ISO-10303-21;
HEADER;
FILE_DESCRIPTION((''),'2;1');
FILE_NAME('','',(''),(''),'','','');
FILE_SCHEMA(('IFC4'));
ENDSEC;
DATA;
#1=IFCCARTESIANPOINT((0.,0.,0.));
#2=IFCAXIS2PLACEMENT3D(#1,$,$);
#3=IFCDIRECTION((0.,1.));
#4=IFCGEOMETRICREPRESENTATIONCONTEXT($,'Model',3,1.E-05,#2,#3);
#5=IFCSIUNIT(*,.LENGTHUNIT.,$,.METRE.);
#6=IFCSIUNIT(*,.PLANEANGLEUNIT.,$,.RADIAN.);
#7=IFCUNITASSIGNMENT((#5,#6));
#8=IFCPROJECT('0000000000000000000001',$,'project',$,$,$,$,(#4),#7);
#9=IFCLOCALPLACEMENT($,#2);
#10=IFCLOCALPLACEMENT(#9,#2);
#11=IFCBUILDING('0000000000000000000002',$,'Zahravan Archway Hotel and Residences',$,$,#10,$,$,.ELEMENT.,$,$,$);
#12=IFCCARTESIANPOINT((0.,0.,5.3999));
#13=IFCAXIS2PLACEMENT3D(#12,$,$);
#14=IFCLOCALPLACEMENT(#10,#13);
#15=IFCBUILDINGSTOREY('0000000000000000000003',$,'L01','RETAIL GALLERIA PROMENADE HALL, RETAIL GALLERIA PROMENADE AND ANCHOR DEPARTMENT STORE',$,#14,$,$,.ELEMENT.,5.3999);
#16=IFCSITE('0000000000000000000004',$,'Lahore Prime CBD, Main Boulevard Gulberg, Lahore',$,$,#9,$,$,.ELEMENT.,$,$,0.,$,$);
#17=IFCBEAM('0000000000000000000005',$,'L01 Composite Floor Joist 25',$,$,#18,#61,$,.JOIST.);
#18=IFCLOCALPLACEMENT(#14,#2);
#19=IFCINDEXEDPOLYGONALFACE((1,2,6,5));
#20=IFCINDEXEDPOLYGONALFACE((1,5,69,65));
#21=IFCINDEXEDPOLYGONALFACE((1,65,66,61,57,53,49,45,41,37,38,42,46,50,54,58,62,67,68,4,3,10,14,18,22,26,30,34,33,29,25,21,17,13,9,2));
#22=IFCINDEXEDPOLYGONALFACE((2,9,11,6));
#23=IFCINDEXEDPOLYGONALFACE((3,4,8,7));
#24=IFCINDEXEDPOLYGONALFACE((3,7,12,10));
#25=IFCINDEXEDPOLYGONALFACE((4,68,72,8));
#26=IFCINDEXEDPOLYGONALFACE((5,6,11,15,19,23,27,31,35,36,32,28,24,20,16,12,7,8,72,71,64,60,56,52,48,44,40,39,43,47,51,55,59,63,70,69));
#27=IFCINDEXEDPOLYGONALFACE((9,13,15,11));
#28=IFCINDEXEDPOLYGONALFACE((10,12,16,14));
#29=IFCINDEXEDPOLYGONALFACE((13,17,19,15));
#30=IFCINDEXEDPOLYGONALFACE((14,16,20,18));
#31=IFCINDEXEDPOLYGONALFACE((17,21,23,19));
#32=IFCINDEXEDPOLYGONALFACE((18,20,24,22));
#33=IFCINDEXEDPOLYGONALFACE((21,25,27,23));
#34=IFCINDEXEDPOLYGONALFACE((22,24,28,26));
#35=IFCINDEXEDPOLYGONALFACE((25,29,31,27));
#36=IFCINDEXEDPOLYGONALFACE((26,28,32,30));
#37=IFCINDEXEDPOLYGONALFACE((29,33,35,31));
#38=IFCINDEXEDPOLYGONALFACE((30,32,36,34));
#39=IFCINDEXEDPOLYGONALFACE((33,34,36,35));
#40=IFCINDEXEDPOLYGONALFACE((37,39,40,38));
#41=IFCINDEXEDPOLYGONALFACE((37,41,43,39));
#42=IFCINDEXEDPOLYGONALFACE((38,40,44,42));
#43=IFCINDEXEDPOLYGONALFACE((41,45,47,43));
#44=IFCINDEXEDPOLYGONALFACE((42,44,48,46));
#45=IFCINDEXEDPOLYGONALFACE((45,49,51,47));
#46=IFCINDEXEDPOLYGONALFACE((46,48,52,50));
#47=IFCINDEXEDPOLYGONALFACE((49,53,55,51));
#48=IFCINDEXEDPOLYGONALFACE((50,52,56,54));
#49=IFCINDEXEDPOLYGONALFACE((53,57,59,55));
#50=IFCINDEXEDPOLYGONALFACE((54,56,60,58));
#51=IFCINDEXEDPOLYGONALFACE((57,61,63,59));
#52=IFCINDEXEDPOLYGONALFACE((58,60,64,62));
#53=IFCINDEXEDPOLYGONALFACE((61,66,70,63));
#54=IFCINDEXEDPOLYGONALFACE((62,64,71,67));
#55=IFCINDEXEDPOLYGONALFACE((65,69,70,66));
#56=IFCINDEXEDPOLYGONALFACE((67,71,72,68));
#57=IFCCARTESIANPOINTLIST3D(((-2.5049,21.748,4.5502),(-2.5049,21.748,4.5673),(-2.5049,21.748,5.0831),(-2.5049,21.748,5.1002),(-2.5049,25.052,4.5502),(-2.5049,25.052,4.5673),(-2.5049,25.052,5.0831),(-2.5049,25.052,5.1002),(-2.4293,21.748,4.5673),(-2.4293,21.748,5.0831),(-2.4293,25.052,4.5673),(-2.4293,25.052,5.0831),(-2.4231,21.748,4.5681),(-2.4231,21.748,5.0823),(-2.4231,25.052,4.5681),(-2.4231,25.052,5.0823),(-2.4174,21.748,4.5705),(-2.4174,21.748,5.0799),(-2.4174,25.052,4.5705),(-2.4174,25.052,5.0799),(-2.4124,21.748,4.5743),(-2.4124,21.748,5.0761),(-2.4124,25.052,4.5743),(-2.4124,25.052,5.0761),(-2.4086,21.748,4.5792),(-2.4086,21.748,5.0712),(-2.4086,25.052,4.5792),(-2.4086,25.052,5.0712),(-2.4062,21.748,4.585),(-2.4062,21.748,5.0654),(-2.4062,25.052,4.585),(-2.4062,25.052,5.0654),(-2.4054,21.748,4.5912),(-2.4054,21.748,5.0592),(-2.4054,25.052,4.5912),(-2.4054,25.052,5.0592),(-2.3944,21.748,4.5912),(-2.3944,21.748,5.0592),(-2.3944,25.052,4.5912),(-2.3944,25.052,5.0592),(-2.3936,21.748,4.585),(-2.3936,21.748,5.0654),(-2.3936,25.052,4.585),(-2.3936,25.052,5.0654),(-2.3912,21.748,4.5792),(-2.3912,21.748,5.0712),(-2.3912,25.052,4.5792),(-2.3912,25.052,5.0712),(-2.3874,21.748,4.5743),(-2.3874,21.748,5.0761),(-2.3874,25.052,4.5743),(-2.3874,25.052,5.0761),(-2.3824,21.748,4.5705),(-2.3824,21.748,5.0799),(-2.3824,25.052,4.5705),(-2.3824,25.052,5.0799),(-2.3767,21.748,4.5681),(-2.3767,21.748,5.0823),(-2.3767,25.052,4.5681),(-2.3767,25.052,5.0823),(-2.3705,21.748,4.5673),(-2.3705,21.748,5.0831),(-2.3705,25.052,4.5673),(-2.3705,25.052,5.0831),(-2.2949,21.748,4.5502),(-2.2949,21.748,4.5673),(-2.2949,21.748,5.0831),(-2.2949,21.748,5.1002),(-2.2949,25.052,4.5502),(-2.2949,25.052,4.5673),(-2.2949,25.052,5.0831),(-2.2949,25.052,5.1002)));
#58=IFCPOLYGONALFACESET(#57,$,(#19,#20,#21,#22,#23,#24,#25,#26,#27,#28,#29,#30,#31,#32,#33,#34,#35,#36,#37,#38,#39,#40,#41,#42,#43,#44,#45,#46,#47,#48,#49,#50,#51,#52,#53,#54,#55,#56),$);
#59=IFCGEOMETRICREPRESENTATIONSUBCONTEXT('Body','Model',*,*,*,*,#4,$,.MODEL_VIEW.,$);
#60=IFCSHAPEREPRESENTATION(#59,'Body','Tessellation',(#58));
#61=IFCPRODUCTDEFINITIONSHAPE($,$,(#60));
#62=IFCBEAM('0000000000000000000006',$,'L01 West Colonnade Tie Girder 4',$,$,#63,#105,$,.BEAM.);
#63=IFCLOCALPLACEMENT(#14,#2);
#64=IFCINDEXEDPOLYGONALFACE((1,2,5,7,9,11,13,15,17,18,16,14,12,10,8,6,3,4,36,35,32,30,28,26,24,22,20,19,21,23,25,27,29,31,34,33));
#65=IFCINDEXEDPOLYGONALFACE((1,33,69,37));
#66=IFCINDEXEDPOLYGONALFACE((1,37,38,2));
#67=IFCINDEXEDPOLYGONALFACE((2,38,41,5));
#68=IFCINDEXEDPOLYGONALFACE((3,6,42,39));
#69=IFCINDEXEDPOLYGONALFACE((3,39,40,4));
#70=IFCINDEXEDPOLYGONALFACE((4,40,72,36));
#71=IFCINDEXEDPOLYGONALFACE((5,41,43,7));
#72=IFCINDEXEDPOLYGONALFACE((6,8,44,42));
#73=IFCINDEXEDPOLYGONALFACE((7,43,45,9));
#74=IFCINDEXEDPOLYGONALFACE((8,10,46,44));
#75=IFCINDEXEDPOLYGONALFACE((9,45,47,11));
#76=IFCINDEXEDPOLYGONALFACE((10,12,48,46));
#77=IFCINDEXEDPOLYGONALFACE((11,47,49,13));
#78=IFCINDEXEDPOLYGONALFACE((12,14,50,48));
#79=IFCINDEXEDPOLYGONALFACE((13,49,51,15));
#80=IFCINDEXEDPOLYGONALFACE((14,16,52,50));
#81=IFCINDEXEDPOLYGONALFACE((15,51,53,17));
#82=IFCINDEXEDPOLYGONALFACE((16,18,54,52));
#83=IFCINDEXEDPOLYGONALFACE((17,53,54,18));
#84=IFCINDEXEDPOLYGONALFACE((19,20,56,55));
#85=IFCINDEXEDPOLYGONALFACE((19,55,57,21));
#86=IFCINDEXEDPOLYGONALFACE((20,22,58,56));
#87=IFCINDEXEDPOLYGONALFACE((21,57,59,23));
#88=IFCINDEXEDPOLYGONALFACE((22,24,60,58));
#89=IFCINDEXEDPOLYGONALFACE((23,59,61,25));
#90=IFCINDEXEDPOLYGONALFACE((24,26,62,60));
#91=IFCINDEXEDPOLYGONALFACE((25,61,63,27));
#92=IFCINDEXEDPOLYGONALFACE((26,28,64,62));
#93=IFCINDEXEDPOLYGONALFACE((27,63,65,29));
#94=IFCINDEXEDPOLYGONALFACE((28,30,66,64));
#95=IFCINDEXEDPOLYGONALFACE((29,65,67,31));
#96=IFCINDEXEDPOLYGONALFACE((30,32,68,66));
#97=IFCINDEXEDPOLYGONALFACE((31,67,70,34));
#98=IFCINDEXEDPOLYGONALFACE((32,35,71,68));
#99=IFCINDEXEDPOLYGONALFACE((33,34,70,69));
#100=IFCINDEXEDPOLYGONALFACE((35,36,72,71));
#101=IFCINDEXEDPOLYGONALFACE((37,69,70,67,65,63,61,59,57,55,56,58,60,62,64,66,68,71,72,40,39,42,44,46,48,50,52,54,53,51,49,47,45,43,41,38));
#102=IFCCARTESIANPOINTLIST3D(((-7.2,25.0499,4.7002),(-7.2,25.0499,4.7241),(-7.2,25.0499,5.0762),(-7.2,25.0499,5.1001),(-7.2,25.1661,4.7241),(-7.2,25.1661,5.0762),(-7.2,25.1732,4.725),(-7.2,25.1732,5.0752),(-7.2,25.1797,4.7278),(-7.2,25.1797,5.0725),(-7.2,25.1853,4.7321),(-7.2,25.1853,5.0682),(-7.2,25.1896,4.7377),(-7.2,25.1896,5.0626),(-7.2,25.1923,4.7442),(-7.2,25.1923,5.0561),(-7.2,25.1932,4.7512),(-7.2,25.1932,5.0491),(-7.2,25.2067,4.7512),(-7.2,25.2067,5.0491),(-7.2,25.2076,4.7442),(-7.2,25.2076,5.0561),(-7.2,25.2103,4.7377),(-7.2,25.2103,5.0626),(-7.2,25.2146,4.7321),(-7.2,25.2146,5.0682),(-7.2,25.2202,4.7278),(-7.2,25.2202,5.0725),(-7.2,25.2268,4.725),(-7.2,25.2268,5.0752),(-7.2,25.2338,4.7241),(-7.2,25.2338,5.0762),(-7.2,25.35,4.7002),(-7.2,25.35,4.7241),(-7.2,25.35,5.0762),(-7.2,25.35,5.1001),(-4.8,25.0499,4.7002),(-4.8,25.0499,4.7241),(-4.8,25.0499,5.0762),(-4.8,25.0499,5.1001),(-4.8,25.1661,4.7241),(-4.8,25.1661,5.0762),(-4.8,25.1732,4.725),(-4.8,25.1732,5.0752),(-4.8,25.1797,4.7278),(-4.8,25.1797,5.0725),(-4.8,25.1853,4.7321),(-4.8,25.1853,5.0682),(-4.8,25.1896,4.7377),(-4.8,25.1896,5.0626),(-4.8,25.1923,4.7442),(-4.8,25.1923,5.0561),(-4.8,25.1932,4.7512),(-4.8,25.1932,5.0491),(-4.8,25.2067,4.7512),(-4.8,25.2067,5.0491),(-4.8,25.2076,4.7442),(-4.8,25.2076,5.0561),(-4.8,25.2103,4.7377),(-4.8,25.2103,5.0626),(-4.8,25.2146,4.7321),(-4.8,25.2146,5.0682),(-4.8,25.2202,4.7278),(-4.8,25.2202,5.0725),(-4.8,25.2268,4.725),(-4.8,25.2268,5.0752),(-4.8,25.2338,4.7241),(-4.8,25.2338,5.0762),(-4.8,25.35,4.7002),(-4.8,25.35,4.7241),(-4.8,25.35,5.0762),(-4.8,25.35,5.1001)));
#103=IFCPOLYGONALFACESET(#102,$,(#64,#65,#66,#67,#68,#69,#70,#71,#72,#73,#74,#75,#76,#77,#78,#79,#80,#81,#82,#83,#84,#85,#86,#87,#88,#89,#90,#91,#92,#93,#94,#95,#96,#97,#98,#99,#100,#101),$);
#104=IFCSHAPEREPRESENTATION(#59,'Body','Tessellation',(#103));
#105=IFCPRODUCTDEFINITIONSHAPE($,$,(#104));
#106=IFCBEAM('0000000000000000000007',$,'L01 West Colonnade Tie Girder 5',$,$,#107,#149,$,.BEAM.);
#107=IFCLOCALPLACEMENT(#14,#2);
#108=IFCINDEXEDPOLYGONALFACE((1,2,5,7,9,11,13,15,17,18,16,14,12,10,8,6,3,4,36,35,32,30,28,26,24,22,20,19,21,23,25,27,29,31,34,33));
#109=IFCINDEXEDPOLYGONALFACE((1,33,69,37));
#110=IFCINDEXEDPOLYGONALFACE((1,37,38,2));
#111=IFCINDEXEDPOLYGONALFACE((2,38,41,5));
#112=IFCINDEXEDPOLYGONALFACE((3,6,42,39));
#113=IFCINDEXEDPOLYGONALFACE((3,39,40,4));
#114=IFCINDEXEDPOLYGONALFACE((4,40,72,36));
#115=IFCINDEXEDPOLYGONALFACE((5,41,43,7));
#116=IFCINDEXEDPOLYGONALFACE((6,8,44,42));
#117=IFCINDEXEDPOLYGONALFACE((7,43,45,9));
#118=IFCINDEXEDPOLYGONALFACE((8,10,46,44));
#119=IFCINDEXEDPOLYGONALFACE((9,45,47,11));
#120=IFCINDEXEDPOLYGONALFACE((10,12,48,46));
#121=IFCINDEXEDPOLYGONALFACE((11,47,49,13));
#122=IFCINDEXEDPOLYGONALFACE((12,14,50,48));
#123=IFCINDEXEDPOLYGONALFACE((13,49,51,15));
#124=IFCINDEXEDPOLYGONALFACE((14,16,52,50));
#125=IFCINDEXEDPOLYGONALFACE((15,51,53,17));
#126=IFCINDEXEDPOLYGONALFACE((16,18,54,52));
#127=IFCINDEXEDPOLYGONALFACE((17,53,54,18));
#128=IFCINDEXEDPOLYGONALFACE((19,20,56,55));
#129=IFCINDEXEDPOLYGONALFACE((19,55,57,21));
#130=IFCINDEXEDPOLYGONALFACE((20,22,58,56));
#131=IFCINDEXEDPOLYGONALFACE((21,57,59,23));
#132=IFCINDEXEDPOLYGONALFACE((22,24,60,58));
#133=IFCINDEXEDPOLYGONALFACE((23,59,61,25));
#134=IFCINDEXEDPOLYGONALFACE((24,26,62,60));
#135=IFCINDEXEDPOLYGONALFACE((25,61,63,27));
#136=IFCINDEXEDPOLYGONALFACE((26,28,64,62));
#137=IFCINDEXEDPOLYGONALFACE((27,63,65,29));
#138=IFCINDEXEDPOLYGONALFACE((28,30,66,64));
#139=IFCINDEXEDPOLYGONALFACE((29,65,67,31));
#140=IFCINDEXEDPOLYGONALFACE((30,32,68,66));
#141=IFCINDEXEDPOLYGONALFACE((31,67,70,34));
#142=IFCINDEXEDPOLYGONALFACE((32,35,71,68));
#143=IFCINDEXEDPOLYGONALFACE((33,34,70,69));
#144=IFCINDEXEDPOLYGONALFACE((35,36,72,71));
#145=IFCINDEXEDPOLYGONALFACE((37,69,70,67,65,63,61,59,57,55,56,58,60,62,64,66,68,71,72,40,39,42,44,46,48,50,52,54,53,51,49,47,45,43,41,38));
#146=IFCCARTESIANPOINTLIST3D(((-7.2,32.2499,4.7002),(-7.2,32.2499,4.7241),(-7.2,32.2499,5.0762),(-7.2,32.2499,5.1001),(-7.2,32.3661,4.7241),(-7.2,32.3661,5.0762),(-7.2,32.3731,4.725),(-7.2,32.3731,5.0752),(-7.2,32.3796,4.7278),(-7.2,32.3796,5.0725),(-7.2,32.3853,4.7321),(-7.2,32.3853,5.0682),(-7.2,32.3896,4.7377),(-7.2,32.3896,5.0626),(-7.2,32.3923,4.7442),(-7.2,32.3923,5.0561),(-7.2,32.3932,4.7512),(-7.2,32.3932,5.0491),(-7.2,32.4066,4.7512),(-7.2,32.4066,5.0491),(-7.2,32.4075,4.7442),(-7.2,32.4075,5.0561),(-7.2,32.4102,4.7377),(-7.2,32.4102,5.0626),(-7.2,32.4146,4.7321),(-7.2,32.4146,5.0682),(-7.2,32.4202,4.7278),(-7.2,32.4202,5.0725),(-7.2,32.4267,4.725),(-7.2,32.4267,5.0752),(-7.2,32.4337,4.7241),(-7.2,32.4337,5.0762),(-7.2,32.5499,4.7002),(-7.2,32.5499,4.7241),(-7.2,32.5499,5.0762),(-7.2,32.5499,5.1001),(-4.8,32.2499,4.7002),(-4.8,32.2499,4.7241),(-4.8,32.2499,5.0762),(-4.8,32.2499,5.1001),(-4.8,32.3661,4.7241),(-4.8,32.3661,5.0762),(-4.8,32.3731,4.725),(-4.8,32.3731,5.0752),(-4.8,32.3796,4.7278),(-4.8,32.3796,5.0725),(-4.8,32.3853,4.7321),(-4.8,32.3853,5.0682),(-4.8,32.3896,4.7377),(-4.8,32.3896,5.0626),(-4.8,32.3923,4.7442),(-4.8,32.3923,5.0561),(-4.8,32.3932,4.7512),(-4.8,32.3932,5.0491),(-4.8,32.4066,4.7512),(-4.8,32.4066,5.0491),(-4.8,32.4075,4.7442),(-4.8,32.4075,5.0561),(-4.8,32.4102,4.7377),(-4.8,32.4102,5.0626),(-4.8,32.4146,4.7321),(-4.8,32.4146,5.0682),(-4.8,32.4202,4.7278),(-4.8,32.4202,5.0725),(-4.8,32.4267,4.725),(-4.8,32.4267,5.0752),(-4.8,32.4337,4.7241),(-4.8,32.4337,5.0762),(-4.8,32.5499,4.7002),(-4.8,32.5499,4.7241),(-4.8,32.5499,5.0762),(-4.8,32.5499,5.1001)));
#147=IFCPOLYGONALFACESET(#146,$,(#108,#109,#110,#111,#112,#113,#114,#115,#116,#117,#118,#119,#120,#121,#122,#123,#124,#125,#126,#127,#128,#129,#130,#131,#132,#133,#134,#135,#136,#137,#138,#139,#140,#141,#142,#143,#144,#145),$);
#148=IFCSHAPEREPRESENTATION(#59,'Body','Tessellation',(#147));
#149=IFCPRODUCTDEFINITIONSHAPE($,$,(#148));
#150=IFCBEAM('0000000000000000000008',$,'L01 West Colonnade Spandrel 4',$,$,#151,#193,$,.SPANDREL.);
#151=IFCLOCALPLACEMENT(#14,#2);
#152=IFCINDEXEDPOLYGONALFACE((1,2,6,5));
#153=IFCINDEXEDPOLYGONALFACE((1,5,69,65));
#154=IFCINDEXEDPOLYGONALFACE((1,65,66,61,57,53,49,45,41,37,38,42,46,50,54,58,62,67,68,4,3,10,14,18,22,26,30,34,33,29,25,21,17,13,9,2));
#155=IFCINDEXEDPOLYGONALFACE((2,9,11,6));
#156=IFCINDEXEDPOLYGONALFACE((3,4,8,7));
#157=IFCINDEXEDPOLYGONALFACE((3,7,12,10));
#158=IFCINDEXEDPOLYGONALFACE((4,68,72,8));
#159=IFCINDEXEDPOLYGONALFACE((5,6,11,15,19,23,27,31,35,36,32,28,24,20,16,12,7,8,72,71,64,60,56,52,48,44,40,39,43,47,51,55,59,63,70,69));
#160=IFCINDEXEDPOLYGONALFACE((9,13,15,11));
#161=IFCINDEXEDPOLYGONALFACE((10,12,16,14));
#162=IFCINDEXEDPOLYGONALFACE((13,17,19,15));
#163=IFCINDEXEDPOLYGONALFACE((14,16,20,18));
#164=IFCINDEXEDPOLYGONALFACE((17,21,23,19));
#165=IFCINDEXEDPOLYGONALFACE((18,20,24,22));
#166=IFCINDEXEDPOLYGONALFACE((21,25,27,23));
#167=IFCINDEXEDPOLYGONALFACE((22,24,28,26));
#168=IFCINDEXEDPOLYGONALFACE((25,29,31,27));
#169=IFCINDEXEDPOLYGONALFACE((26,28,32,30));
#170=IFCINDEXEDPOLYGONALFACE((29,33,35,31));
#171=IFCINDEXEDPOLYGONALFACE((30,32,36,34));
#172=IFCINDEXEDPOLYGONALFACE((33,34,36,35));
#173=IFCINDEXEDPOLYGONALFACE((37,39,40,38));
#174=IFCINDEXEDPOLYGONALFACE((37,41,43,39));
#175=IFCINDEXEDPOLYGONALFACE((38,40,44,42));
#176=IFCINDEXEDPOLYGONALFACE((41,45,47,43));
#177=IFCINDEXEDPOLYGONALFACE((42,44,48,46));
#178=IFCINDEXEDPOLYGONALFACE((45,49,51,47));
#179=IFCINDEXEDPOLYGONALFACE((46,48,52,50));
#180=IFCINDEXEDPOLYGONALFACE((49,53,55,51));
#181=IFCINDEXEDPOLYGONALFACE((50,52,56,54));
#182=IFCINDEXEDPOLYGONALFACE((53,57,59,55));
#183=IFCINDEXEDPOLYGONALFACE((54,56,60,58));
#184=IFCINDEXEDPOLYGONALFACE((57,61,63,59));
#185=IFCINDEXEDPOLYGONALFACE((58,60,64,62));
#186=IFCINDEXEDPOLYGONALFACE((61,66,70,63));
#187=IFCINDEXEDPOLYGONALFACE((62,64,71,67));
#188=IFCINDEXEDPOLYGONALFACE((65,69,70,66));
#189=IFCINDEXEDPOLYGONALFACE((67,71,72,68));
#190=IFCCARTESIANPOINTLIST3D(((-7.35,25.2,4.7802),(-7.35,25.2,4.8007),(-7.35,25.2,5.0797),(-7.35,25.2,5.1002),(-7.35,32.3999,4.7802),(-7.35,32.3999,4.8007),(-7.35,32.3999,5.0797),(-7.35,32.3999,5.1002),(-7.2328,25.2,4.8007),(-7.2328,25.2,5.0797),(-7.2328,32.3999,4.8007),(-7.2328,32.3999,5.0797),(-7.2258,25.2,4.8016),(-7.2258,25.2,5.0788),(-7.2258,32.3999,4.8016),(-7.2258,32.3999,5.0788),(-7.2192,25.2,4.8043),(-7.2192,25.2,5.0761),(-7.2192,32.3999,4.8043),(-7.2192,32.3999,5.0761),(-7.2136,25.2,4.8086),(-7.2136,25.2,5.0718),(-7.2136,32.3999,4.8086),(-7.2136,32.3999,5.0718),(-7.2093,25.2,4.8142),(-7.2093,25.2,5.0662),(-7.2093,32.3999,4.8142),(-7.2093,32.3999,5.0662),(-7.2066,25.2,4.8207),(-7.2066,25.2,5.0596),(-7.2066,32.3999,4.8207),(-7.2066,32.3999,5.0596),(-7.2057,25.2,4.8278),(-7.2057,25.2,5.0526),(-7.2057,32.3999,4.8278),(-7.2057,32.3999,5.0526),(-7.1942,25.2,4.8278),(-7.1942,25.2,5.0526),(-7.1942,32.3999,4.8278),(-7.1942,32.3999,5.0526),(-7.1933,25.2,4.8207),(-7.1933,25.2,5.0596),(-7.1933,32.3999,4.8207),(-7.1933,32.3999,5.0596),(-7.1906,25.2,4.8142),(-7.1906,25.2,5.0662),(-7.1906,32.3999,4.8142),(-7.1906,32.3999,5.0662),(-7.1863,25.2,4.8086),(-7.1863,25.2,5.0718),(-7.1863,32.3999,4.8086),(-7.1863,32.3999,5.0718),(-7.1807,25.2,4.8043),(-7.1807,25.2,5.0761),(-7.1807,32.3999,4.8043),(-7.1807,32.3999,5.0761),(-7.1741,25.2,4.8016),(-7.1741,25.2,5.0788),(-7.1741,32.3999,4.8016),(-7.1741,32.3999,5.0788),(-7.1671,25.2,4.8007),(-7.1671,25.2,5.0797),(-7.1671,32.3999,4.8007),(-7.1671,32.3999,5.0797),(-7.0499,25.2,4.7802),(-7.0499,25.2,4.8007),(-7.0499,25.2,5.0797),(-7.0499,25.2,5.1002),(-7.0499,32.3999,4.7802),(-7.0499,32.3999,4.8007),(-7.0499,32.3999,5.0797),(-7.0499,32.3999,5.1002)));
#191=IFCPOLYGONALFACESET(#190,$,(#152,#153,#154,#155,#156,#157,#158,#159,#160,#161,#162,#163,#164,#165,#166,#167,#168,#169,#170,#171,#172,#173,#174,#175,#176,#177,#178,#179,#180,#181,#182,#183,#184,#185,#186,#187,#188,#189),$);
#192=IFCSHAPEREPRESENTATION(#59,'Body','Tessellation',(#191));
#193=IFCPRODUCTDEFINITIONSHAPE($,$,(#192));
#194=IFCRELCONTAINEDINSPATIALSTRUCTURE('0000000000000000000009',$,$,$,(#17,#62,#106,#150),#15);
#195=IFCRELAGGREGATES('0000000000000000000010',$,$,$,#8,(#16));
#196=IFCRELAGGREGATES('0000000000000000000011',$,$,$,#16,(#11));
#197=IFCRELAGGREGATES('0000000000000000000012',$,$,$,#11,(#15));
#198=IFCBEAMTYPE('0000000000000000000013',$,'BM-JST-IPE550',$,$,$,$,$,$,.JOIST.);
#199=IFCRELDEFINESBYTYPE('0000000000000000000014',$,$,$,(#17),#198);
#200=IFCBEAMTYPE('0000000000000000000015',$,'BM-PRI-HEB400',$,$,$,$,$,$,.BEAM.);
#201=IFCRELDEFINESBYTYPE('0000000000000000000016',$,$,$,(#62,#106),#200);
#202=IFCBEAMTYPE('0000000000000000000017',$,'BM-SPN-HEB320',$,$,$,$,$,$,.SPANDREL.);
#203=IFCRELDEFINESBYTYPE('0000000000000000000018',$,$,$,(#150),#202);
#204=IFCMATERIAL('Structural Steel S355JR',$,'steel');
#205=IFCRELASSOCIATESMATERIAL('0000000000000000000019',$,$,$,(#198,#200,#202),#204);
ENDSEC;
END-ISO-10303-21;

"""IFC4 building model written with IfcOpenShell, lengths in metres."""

from ifc_helpers import new_model, si_unit, direction, frame, origin, origin_2d, place, context, subcontext, project, spatial, i_section, extrude, source, transform, mapped, material, material_profile, profile_set, type_object, type_shapes, element, save


model = new_model("IFC4")

# Units and contexts
model_context = context("Model", 3, precision=1e-05, world=origin(), true_north=direction((0.0, 1.0)))
body_context = subcontext(model_context, "Body", "Model", "MODEL_VIEW")
ifc_project = project(units=[si_unit("LENGTHUNIT", "METRE"), si_unit("PLANEANGLEUNIT", "RADIAN")], contexts=[model_context])

# Site, building, storey
site_placement = place(None, origin())
site = spatial("IfcSite", under=ifc_project, at=site_placement, Name="Lahore Prime CBD, Main Boulevard Gulberg, Lahore", CompositionType="ELEMENT", RefElevation=0.0)
building_placement = place(site_placement, origin())
building = spatial("IfcBuilding", under=site, at=building_placement, Name="Zahravan Archway Hotel and Residences", CompositionType="ELEMENT")
storey_placement = place(building_placement, frame((0.0, 0.0, 5.3999)))
storey = spatial("IfcBuildingStorey", under=building, at=storey_placement, Name="L01", Description="RETAIL GALLERIA PROMENADE HALL, RETAIL GALLERIA PROMENADE AND ANCHOR DEPARTMENT STORE", CompositionType="ELEMENT", Elevation=5.3999)

# Beams
ifc_material_1 = material(Name="Structural Steel S355JR", Category="steel")
ifc_material_profile_1 = material_profile(ifc_material_1, i_section(OverallWidth=0.21, OverallDepth=0.55, WebThickness=0.011, FlangeThickness=0.0171, FilletRadius=0.0239, at=origin_2d()), Name="IPE 550", Category="steel")
ifc_profile_set_1 = profile_set([ifc_material_profile_1], Name="Structural Steel S355JR")
beam_type_1 = type_object("IfcBeamType", Name="BM-JST-IPE550", PredefinedType="JOIST", material=ifc_profile_set_1)
shared_shape_1 = source(origin(), body_context, "Body", "SweptSolid", [
    extrude(i_section(OverallWidth=0.21, OverallDepth=0.55, WebThickness=0.011, FlangeThickness=0.0171, FilletRadius=0.0239, at=origin_2d()), origin(), (0.0, 0.0, 1.0), 3.304),
])
beam_1_placement = place(storey_placement, frame((-2.3999, 21.748, 4.8252), z_axis=(0.0, 1.0, 0.0), x_axis=(-1.0, 0.0, 0.0)))
element("IfcBeam", 1, at=beam_1_placement, inside=storey, type_object=beam_type_1, Name="L01 Composite Floor Joist 25", PredefinedType="JOIST", context=body_context, shape_type="MappedRepresentation", body=[
    mapped(shared_shape_1, transform((0.0, 0.0, 0.0), scale=1.0)),
])
ifc_material_profile_2 = material_profile(ifc_material_1, i_section(OverallWidth=0.3, OverallDepth=0.3999, WebThickness=0.0134, FlangeThickness=0.0239, FilletRadius=0.0271, at=origin_2d()), Name="HEB 400", Category="steel")
ifc_profile_set_2 = profile_set([ifc_material_profile_2], Name="Structural Steel S355JR")
beam_type_2 = type_object("IfcBeamType", Name="BM-PRI-HEB400", PredefinedType="BEAM", material=ifc_profile_set_2)
shared_shape_2 = source(origin(), body_context, "Body", "SweptSolid", [
    extrude(i_section(OverallWidth=0.3, OverallDepth=0.3999, WebThickness=0.0134, FlangeThickness=0.0239, FilletRadius=0.0271, at=origin_2d()), origin(), (0.0, 0.0, 1.0), 2.3999),
])
for number, where, z_axis, x_axis, name in (
    (2, (-7.2, 25.2, 4.9001), (1.0, 0.0, 0.0), (0.0, 1.0, 0.0), "L01 West Colonnade Tie Girder 4"),
    (3, (-7.2, 32.3999, 4.9001), (1.0, 0.0, 0.0), (0.0, 1.0, 0.0), "L01 West Colonnade Tie Girder 5"),
):
    element("IfcBeam", number, at=place(storey_placement, frame(where, z_axis=z_axis, x_axis=x_axis)), inside=storey, type_object=beam_type_2, Name=name, PredefinedType="BEAM", context=body_context, shape_type="MappedRepresentation", body=[
        mapped(shared_shape_2, transform((0.0, 0.0, 0.0), scale=1.0)),
    ])
ifc_material_profile_3 = material_profile(ifc_material_1, i_section(OverallWidth=0.3, OverallDepth=0.3201, WebThickness=0.0115, FlangeThickness=0.0205, FilletRadius=0.0271, at=origin_2d()), Name="HEB 320", Category="steel")
ifc_profile_set_3 = profile_set([ifc_material_profile_3], Name="Structural Steel S355JR")
beam_type_3 = type_object("IfcBeamType", Name="BM-SPN-HEB320", PredefinedType="SPANDREL", material=ifc_profile_set_3)
shared_shape_3 = source(origin(), body_context, "Body", "SweptSolid", [
    extrude(i_section(OverallWidth=0.3, OverallDepth=0.3201, WebThickness=0.0115, FlangeThickness=0.0205, FilletRadius=0.0271, at=origin_2d()), origin(), (0.0, 0.0, 1.0), 7.2),
])
type_shapes(beam_type_3, [shared_shape_3])
beam_2_placement = place(storey_placement, frame((-7.2, 25.2, 4.9402), z_axis=(0.0, 1.0, 0.0), x_axis=(-1.0, 0.0, 0.0)))
element("IfcBeam", 4, at=beam_2_placement, inside=storey, type_object=beam_type_3, Name="L01 West Colonnade Spandrel 4", PredefinedType="SPANDREL", context=body_context, shape_type="MappedRepresentation", body=[
    mapped(shared_shape_3, transform((0.0, 0.0, 0.0), scale=1.0)),
])

save(model, "model.ifc")
